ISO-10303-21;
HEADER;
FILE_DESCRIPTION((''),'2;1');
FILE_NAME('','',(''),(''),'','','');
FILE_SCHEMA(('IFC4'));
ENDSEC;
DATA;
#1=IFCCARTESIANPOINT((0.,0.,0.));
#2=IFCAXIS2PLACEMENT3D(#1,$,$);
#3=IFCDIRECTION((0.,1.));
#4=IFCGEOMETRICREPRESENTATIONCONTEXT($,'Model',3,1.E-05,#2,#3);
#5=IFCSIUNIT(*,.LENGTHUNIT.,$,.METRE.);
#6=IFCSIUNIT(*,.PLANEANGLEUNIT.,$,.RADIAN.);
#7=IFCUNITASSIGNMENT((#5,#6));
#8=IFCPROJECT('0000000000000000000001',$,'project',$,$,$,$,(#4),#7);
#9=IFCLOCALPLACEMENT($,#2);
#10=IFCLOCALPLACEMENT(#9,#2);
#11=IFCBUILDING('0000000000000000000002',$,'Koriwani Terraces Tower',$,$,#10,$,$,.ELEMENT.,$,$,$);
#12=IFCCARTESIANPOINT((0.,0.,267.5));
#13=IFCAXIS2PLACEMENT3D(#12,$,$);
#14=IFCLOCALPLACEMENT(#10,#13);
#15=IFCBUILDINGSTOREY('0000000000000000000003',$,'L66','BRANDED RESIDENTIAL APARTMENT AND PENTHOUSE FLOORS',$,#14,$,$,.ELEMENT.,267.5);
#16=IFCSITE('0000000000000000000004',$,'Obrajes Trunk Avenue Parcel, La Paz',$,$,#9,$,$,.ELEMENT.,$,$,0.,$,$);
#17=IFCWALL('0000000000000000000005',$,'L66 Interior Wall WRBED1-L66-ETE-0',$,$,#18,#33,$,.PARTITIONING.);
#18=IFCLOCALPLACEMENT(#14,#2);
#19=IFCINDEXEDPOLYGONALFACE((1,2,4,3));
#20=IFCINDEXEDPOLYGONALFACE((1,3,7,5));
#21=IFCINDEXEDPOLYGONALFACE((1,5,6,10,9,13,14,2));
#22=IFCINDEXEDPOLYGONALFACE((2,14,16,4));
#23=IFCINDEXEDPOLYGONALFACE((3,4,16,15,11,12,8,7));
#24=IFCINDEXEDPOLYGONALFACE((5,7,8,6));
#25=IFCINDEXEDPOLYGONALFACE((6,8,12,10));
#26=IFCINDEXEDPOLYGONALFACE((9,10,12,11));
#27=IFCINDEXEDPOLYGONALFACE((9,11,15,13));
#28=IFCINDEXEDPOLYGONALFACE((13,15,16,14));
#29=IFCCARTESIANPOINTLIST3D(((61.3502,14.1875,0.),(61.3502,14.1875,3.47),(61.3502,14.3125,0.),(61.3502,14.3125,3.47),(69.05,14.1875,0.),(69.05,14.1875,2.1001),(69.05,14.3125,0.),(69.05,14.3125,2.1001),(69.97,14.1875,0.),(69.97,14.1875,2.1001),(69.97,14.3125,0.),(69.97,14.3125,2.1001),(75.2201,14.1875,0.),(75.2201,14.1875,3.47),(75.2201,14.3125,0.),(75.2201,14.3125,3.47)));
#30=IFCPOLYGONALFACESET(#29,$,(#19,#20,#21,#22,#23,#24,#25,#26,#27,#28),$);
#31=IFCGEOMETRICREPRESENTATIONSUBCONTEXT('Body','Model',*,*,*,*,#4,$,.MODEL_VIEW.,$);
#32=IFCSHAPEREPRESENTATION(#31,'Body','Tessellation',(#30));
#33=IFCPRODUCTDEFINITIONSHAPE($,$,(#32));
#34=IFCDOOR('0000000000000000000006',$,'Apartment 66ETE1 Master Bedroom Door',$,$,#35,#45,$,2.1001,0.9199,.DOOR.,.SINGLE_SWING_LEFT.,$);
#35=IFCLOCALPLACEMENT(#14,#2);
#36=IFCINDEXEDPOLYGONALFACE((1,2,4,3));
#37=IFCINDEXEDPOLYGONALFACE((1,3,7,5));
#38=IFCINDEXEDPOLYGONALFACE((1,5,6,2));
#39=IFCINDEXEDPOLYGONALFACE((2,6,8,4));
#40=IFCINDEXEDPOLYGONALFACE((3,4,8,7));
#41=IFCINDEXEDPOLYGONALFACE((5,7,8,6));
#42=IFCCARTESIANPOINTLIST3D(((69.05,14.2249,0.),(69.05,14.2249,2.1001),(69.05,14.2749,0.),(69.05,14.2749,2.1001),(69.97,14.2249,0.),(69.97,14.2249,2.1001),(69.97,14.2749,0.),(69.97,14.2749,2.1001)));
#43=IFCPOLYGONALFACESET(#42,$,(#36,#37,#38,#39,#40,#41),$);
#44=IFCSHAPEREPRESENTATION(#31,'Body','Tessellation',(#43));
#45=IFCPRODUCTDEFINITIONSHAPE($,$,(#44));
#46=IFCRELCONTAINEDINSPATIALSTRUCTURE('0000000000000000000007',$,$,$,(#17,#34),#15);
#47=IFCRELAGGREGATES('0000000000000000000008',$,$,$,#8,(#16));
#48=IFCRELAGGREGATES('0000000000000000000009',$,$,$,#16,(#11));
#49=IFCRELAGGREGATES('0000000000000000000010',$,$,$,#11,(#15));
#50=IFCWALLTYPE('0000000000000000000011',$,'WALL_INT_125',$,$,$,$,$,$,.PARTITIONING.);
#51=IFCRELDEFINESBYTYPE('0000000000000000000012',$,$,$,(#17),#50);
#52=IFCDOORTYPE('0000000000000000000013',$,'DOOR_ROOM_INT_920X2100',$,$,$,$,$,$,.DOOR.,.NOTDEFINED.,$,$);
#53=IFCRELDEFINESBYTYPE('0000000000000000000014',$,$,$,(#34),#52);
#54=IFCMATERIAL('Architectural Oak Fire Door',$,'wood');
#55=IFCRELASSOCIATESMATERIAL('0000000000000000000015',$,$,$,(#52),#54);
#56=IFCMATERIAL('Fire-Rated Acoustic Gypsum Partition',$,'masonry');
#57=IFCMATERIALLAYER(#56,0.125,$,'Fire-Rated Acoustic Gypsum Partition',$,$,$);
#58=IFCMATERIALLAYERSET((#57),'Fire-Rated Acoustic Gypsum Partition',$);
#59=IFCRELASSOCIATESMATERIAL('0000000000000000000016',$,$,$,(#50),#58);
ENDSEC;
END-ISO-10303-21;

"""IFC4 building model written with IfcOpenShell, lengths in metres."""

from ifc_helpers import new_model, si_unit, direction, frame, frame_2d, origin, place, context, subcontext, project, spatial, rectangle, extrude, material, layer, layer_set, type_object, element, fill, save


model = new_model("IFC4")

# Units and contexts
model_context = context("Model", 3, precision=1e-05, world=origin(), true_north=direction((0.0, 1.0)))
body_context = subcontext(model_context, "Body", "Model", "MODEL_VIEW")
ifc_project = project(units=[si_unit("LENGTHUNIT", "METRE"), si_unit("PLANEANGLEUNIT", "RADIAN")], contexts=[model_context])

# Site, building, storey
site_placement = place(None, origin())
site = spatial("IfcSite", under=ifc_project, at=site_placement, Name="Obrajes Trunk Avenue Parcel, La Paz", CompositionType="ELEMENT", RefElevation=0.0)
building_placement = place(site_placement, origin())
building = spatial("IfcBuilding", under=site, at=building_placement, Name="Koriwani Terraces Tower", CompositionType="ELEMENT")
storey_placement = place(building_placement, frame((0.0, 0.0, 267.5)))
storey = spatial("IfcBuildingStorey", under=building, at=storey_placement, Name="L66", Description="BRANDED RESIDENTIAL APARTMENT AND PENTHOUSE FLOORS", CompositionType="ELEMENT", Elevation=267.5)

# Shared definitions
ifc_material_1 = material(Name="Architectural Oak Fire Door", Category="wood")
door_type_1 = type_object("IfcDoorType", Name="DOOR_ROOM_INT_920X2100", OperationType="NOTDEFINED", PredefinedType="DOOR", material=ifc_material_1)

# Wall, opening, door
ifc_material_2 = material(Name="Fire-Rated Acoustic Gypsum Partition", Category="masonry")
ifc_layer_1 = layer(ifc_material_2, 0.125, Name="Fire-Rated Acoustic Gypsum Partition")
ifc_layer_set_1 = layer_set([ifc_layer_1], Name="Fire-Rated Acoustic Gypsum Partition")
wall_type_1 = type_object("IfcWallType", Name="WALL_INT_125", PredefinedType="PARTITIONING", material=ifc_layer_set_1)
wall_1_placement = place(storey_placement, frame((61.3501, 14.25, 0.0), z_axis=(0.0, 0.0, 1.0), x_axis=(1.0, 0.0, 0.0)))
wall_1 = element("IfcWall", 1, at=wall_1_placement, inside=storey, type_object=wall_type_1, Name="L66 Interior Wall WRBED1-L66-ETE-0", PredefinedType="PARTITIONING", context=body_context, shape_type="SweptSolid", body=[
    extrude(rectangle(XDim=13.8699, YDim=0.125, at=frame_2d((6.9351, 0.0))), origin(), (0.0, 0.0, 1.0), 3.47),
])
opening_1_placement = place(wall_1_placement, frame((7.7, 0.0, 0.0)))
opening_1 = element("IfcOpeningElement", 2, at=opening_1_placement, cuts=wall_1, PredefinedType="OPENING", context=body_context, shape_type="SweptSolid", body=[
    extrude(rectangle(XDim=0.9199, YDim=2.1001, at=frame_2d((0.46, 1.05))), frame((0.0, 0.0725, 0.0), z_axis=(0.0, -1.0, 0.0), x_axis=(1.0, 0.0, 0.0)), (0.0, 0.0, 1.0), 0.145),
])
door_1_placement = place(opening_1_placement, origin())
door_1 = element("IfcDoor", 3, at=door_1_placement, inside=storey, type_object=door_type_1, Name="Apartment 66ETE1 Master Bedroom Door", OperationType="SINGLE_SWING_LEFT", OverallHeight=2.1001, OverallWidth=0.9199, PredefinedType="DOOR", context=body_context, shape_type="SweptSolid", body=[
    extrude(rectangle(XDim=0.9199, YDim=2.1001, at=frame_2d((0.46, 1.05))), frame((0.0, 0.0249, 0.0), z_axis=(0.0, -1.0, 0.0), x_axis=(1.0, 0.0, 0.0)), (0.0, 0.0, 1.0), 0.05),
])
fill(opening_1, door_1)

save(model, "model.ifc")
